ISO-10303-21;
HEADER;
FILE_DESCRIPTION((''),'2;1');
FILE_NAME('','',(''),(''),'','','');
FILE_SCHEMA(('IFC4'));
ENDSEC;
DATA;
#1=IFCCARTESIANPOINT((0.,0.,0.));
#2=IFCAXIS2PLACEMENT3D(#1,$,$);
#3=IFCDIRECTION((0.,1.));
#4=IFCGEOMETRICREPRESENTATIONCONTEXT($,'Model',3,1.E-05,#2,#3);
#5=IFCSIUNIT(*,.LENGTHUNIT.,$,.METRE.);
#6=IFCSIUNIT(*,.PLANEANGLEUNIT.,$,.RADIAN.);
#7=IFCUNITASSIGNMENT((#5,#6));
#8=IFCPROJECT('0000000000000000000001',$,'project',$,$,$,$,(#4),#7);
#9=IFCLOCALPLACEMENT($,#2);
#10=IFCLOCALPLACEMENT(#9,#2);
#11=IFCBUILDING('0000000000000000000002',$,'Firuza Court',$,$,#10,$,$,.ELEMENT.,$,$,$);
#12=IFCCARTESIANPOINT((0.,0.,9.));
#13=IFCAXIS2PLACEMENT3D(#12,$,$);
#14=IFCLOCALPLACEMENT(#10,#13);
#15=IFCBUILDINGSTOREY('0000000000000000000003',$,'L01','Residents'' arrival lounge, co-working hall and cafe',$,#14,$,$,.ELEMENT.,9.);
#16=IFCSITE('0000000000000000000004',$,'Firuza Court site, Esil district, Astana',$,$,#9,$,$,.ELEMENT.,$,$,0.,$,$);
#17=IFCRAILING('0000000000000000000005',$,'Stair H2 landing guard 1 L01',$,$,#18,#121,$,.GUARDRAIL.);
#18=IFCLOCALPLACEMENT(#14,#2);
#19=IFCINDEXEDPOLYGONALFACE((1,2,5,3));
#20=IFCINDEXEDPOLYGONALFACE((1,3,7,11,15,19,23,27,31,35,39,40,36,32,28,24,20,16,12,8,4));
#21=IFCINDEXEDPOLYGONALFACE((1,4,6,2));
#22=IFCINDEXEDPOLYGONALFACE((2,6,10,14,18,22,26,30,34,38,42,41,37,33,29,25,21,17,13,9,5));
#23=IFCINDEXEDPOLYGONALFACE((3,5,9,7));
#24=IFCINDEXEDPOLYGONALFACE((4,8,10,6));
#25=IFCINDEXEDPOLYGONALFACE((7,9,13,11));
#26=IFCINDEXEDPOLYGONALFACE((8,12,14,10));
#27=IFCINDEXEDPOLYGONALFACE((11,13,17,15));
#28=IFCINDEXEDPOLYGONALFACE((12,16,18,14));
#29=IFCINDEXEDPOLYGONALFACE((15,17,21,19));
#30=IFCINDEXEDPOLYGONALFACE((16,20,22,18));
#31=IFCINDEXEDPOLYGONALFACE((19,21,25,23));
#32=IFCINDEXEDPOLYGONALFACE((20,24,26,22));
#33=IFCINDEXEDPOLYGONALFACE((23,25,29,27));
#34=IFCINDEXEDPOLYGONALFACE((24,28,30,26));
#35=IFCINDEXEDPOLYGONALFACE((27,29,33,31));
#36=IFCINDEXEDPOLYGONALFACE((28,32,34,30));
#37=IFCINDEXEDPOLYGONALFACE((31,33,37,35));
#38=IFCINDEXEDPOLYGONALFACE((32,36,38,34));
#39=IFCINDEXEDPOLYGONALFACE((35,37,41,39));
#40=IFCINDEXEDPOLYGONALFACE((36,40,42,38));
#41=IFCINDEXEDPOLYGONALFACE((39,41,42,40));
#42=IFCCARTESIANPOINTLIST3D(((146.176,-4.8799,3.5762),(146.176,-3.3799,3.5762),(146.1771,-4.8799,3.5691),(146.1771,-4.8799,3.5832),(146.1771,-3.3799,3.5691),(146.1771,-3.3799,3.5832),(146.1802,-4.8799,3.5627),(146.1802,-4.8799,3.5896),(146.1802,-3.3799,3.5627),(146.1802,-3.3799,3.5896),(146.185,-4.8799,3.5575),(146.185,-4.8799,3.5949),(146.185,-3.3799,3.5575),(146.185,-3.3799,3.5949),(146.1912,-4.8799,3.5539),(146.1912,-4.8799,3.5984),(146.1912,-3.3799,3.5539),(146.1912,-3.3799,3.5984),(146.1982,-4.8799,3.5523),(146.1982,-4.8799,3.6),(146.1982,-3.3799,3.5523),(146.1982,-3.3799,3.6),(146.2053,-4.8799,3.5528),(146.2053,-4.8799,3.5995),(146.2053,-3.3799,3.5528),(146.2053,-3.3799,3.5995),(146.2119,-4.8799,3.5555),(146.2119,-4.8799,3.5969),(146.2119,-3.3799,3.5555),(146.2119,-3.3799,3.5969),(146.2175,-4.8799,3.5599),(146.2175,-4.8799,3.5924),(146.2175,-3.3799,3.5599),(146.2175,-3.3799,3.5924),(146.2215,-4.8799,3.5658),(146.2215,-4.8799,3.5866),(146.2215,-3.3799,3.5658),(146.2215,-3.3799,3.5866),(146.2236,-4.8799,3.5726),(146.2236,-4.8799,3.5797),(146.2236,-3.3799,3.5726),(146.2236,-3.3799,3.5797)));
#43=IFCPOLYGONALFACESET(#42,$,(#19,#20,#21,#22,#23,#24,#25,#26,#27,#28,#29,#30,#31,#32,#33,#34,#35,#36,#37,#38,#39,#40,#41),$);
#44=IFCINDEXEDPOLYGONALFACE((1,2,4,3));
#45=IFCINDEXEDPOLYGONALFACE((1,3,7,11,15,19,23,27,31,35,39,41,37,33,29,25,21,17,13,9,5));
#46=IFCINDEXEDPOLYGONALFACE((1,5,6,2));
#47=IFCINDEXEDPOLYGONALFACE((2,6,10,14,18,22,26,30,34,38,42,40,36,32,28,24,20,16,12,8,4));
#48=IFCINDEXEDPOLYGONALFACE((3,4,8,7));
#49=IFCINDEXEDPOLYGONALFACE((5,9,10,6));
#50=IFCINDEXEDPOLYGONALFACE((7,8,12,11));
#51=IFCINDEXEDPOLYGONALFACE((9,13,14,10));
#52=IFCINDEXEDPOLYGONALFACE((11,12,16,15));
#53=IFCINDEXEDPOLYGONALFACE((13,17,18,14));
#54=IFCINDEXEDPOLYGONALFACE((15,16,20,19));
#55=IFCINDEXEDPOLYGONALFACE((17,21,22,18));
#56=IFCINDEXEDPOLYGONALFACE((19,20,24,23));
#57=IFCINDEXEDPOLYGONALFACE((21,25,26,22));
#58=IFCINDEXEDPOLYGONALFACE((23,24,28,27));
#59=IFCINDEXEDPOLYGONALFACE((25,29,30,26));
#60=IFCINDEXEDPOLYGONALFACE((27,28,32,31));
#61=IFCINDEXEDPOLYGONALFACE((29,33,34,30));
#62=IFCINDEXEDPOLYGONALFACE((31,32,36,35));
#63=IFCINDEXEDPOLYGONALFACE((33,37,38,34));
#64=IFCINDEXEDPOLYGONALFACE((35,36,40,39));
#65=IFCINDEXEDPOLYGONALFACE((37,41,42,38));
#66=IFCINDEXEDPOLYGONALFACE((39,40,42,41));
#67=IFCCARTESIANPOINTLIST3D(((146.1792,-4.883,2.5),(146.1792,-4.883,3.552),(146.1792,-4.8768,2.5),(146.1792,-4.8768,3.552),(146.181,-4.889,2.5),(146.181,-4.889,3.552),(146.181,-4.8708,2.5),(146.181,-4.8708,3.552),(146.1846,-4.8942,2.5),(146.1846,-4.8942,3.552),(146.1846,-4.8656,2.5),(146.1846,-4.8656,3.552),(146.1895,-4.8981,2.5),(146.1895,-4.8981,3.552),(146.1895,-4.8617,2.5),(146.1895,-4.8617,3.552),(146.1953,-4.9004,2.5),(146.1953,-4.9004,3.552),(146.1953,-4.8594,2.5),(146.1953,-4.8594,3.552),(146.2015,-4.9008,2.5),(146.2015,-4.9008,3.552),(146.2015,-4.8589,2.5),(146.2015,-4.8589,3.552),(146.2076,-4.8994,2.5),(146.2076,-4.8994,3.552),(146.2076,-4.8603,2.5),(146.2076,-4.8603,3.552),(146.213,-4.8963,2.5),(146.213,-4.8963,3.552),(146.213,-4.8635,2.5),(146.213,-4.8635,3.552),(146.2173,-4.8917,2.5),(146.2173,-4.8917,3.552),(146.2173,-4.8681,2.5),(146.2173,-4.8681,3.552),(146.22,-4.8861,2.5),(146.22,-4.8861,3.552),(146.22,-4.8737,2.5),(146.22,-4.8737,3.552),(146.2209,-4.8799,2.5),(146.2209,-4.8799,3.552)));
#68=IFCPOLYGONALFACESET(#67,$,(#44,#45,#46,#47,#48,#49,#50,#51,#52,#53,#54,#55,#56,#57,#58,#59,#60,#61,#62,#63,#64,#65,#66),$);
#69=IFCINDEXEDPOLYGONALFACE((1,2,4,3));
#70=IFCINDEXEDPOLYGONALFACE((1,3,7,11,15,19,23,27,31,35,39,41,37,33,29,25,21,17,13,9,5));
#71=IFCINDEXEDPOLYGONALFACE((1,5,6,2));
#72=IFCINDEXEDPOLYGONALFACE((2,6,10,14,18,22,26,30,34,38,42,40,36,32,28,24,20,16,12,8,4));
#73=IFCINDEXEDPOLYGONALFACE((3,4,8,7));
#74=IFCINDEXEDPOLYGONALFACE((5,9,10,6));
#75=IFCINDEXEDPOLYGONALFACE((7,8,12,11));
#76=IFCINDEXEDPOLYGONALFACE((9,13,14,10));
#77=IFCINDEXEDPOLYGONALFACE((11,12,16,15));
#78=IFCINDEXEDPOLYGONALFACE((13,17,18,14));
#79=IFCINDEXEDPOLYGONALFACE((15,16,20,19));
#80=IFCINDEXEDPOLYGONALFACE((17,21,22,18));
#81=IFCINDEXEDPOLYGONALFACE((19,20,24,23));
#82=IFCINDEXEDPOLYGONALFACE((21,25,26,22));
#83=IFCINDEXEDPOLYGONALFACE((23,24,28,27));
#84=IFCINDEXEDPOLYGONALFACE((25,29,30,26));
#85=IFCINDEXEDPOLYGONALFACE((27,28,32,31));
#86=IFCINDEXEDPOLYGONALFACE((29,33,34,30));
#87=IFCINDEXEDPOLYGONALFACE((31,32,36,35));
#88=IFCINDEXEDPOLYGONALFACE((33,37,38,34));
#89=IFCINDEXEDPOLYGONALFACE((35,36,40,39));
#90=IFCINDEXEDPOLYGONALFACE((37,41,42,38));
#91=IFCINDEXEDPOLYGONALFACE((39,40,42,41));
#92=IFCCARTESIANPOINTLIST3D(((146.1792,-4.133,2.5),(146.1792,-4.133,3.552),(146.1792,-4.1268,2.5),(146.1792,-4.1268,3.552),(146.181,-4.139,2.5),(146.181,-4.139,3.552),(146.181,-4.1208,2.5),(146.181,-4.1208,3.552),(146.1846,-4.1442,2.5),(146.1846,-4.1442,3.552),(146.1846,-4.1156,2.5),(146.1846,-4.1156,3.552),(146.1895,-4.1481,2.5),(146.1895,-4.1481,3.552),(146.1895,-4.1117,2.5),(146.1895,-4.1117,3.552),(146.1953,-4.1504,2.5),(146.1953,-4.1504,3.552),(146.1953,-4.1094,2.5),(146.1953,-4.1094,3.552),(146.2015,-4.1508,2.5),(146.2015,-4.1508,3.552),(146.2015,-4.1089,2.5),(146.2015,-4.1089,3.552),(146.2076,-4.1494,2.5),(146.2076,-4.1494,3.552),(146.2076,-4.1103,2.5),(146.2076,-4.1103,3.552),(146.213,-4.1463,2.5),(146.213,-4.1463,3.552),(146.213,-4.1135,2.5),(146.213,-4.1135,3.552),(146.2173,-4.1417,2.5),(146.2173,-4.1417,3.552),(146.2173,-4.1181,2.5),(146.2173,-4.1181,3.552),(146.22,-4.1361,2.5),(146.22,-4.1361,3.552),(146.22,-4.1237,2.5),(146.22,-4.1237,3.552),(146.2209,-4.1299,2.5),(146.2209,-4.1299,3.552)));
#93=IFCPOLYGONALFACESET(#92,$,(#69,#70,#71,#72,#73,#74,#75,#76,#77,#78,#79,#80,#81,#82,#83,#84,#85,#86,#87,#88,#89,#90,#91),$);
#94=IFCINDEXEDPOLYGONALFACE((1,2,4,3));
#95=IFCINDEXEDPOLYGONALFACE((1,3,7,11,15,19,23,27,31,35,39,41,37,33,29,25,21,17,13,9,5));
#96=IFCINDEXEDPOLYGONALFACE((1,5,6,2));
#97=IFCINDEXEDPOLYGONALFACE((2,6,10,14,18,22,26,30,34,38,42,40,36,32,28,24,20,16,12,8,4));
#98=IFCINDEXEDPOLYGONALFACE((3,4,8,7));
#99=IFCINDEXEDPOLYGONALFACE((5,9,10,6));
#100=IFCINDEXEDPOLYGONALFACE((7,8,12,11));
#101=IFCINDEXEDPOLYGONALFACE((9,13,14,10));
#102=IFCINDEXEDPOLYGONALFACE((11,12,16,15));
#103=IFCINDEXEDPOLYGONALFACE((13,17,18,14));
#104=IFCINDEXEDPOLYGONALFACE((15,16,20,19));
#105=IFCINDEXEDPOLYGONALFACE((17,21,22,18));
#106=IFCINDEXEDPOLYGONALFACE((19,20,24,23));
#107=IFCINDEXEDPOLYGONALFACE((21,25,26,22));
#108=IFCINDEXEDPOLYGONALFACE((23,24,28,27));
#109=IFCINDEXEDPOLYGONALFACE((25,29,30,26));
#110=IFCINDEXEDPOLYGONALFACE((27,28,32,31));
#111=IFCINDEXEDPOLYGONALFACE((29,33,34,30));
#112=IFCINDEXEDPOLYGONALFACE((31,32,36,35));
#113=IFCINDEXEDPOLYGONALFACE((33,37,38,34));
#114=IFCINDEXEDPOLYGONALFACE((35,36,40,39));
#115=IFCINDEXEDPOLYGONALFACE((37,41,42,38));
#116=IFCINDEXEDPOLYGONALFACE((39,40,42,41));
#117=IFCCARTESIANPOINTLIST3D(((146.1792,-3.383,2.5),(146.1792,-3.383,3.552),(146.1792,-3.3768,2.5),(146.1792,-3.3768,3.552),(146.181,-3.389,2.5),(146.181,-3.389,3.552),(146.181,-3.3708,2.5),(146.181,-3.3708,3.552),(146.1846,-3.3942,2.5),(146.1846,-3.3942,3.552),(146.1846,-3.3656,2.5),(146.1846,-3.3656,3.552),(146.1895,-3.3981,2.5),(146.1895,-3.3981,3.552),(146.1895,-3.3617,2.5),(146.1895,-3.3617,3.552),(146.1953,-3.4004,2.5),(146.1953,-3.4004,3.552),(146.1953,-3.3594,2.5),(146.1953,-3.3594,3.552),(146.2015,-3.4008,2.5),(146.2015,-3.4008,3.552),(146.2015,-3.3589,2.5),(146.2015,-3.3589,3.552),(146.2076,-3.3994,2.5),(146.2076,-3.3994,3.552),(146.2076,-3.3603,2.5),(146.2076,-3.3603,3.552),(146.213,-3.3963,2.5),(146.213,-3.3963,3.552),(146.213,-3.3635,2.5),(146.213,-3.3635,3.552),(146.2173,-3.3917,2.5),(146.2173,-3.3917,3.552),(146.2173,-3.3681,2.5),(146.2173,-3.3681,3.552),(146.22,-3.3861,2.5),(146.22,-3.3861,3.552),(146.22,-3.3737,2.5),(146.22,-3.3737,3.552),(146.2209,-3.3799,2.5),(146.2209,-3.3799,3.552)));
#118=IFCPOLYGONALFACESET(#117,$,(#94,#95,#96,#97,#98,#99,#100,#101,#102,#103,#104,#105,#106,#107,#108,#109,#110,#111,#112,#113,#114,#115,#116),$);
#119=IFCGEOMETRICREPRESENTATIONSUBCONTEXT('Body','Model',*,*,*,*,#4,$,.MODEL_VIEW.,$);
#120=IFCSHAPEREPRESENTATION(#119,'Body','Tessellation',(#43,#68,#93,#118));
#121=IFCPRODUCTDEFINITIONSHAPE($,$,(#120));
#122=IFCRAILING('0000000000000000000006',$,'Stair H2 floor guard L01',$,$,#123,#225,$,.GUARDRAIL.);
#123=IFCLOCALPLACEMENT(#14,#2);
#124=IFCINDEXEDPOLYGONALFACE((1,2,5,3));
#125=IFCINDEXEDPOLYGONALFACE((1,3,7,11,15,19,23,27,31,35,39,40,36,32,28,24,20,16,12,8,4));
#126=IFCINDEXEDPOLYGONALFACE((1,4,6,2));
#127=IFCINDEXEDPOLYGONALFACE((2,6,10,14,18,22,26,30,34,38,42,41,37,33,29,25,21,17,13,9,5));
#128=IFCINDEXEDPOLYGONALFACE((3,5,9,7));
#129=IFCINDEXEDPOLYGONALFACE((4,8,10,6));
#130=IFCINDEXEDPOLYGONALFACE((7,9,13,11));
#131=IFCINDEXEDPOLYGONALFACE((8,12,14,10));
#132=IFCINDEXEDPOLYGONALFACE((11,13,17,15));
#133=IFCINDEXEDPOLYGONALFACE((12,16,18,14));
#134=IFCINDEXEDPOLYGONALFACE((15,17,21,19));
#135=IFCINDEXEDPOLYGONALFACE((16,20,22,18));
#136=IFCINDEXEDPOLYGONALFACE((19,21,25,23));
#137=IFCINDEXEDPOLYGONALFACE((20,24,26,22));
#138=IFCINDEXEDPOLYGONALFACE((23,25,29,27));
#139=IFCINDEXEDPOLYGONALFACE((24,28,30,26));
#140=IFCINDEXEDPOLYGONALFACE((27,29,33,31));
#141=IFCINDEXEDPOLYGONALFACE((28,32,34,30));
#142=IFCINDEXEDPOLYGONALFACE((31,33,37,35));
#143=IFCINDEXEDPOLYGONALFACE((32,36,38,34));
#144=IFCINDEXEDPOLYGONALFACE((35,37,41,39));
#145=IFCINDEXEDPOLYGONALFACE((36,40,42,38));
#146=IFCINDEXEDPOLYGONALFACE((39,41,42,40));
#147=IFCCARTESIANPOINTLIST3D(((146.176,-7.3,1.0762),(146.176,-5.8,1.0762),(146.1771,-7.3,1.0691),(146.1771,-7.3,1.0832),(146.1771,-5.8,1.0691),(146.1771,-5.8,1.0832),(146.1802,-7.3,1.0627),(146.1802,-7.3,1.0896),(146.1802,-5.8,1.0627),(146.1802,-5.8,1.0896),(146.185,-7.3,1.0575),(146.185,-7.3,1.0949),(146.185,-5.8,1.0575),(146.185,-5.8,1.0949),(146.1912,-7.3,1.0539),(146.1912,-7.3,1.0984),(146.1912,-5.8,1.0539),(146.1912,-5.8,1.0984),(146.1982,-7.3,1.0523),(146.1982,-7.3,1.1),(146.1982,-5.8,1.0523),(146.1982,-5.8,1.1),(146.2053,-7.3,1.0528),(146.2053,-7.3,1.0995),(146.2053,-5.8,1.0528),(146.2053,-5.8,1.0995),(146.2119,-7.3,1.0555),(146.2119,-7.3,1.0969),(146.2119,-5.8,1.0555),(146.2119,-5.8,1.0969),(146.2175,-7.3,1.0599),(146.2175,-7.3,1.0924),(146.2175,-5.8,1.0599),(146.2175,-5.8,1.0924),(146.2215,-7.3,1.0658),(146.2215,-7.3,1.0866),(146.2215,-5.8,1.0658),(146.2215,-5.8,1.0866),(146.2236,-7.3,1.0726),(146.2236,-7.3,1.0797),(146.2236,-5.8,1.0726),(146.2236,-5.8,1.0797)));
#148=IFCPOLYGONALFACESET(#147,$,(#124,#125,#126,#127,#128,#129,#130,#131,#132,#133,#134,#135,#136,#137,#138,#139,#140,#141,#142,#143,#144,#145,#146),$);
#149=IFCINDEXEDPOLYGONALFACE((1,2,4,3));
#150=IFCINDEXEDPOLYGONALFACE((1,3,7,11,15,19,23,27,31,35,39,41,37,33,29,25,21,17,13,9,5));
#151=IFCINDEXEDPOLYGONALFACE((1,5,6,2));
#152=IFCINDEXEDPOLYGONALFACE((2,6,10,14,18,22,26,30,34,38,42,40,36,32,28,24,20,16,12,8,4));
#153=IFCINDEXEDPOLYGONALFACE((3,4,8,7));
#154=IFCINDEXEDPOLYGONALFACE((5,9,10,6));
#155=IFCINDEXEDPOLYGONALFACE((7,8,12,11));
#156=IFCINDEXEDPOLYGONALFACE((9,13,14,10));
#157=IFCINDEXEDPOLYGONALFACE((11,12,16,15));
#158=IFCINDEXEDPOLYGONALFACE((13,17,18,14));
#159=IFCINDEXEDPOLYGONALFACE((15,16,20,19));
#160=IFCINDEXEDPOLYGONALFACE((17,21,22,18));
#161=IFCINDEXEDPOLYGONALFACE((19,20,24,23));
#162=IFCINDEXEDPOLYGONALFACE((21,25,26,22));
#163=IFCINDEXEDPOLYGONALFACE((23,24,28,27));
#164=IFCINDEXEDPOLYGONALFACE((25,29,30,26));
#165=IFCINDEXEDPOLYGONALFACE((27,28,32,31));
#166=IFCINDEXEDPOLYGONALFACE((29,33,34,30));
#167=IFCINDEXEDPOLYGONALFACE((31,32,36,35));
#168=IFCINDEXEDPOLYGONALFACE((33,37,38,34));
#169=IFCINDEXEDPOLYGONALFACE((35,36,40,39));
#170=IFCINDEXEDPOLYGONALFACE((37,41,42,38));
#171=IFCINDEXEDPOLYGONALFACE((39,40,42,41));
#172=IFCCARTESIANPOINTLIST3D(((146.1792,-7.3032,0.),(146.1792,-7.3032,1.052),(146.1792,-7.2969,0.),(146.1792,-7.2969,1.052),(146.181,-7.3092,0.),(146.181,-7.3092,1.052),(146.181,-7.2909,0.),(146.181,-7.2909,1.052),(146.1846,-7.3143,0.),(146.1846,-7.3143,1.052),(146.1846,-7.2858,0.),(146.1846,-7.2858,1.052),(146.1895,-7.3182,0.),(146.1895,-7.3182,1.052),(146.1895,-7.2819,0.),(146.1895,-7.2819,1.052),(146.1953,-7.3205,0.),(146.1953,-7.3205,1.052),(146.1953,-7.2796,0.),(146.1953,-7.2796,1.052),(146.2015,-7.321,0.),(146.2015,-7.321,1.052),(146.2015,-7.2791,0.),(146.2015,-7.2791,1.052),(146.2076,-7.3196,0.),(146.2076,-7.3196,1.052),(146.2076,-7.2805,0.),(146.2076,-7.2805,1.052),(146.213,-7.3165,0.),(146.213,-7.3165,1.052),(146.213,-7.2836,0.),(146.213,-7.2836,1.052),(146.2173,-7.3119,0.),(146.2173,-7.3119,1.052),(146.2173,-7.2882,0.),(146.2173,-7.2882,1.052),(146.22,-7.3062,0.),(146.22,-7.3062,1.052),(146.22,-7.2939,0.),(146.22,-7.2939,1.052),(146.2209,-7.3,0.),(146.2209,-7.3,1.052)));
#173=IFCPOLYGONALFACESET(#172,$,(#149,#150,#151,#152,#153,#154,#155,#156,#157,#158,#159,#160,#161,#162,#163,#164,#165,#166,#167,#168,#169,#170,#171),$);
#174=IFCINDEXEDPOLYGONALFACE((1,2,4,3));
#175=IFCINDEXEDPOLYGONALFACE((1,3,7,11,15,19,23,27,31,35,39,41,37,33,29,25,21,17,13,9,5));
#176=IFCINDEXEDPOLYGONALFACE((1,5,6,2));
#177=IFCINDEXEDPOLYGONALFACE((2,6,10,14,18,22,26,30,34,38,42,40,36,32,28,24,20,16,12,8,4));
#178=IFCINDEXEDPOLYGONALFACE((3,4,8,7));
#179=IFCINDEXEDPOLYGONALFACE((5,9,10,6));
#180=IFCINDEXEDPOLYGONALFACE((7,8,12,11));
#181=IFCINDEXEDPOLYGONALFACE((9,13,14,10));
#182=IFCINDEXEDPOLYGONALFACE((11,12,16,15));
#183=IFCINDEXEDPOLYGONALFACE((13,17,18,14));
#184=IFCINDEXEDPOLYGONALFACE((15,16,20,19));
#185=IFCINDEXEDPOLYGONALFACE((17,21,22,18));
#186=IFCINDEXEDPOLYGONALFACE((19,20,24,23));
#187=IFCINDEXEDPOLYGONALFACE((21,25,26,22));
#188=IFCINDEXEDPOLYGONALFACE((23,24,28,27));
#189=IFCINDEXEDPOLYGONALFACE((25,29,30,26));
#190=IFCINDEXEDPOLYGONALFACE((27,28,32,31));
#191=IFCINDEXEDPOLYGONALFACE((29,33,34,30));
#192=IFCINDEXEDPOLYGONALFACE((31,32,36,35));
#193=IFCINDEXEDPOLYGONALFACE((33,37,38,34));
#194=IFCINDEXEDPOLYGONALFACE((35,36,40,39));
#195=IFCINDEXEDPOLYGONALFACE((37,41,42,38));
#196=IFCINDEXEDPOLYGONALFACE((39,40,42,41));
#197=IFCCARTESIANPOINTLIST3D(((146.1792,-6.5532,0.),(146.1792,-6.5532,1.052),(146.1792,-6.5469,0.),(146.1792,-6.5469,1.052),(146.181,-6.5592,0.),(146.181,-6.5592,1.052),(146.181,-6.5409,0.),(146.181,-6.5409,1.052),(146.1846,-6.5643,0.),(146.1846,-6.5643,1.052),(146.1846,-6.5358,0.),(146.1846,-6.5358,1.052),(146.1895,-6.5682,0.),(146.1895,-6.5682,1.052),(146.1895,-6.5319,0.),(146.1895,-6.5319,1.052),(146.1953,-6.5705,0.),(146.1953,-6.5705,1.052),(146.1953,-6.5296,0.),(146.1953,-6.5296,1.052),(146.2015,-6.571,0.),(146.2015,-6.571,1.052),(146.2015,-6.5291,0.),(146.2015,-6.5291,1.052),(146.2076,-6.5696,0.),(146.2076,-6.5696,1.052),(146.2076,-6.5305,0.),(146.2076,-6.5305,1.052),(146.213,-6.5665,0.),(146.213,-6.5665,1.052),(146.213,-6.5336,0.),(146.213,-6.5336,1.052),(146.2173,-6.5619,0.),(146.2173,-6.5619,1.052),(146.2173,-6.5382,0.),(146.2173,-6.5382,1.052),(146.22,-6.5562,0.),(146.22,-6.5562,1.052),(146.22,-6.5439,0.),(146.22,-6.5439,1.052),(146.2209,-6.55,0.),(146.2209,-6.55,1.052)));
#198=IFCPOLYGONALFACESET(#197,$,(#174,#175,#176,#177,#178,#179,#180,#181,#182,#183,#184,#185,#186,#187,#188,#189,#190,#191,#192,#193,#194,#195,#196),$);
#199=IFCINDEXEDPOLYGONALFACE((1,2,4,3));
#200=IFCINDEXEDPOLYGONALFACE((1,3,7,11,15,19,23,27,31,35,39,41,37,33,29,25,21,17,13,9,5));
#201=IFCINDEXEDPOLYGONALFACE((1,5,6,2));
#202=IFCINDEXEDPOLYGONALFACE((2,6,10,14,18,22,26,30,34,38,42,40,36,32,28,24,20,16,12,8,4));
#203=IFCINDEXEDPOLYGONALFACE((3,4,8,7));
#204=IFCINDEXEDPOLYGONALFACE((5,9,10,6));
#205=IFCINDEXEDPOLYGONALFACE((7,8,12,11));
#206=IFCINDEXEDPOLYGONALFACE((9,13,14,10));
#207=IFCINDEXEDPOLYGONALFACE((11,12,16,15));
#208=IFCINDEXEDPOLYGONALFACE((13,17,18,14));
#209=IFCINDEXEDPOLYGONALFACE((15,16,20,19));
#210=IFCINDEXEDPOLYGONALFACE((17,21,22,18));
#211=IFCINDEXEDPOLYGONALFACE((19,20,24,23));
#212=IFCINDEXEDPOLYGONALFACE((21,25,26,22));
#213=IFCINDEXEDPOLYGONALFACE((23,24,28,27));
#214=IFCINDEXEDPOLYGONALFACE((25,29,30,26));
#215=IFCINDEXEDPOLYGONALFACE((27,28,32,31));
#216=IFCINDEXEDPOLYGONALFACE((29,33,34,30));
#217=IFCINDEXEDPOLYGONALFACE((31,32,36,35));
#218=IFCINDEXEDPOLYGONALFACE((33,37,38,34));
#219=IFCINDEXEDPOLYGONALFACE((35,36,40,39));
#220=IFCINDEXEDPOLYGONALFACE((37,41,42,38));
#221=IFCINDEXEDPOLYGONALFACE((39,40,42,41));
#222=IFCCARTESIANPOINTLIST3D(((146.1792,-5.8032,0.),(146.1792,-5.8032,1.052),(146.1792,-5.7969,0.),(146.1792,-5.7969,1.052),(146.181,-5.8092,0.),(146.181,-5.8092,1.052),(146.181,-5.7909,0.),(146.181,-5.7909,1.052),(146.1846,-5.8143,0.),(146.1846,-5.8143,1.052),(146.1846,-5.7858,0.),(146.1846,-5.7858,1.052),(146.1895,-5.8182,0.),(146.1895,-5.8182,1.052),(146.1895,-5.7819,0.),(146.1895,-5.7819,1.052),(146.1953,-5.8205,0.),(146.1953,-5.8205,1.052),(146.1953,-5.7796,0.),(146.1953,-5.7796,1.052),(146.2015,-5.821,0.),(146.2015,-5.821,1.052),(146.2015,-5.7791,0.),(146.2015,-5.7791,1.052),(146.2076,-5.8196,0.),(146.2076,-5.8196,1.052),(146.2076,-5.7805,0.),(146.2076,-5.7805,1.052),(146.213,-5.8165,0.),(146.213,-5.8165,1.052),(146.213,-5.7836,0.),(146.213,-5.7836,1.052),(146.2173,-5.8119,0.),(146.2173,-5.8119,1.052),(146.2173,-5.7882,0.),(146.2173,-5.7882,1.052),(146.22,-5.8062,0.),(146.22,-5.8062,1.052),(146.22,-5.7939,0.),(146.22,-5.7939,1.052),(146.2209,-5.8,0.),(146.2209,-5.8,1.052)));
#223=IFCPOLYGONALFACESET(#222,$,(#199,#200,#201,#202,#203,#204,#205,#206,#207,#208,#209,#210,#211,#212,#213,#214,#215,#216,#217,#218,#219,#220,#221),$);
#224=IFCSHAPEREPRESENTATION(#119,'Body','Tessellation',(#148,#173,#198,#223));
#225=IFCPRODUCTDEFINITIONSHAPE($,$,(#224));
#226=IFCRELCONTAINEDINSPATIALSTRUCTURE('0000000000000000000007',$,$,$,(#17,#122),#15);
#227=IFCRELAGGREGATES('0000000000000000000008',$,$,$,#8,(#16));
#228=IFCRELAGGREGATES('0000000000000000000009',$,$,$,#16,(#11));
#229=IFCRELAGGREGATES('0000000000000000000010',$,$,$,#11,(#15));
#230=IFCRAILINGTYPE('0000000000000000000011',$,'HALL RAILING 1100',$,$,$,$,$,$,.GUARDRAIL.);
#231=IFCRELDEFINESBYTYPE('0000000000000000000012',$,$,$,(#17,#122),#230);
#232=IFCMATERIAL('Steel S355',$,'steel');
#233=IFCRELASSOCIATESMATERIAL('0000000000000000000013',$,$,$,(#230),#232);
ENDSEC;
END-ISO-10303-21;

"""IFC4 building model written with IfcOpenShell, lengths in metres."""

from ifc_helpers import new_model, si_unit, direction, frame, origin, origin_2d, place, context, subcontext, project, spatial, circle, extrude, material, type_object, element, save


model = new_model("IFC4")

# Units and contexts
model_context = context("Model", 3, precision=1e-05, world=origin(), true_north=direction((0.0, 1.0)))
body_context = subcontext(model_context, "Body", "Model", "MODEL_VIEW")
ifc_project = project(units=[si_unit("LENGTHUNIT", "METRE"), si_unit("PLANEANGLEUNIT", "RADIAN")], contexts=[model_context])

# Site, building, storey
site_placement = place(None, origin())
site = spatial("IfcSite", under=ifc_project, at=site_placement, Name="Firuza Court site, Esil district, Astana", CompositionType="ELEMENT", RefElevation=0.0)
building_placement = place(site_placement, origin())
building = spatial("IfcBuilding", under=site, at=building_placement, Name="Firuza Court", CompositionType="ELEMENT")
storey_placement = place(building_placement, frame((0.0, 0.0, 9.0)))
storey = spatial("IfcBuildingStorey", under=building, at=storey_placement, Name="L01", Description="Residents' arrival lounge, co-working hall and cafe", CompositionType="ELEMENT", Elevation=9.0)

# Railings
ifc_material_1 = material(Name="Steel S355", Category="steel")
railing_type_1 = type_object("IfcRailingType", Name="HALL RAILING 1100", PredefinedType="GUARDRAIL", material=ifc_material_1)
for number, where, name in (
    (1, (146.2, -4.8799, 2.5), "Stair H2 landing guard 1 L01"),
    (2, (146.2, -7.3, 0.0), "Stair H2 floor guard L01"),
):
    element("IfcRailing", number, at=place(storey_placement, frame(where)), inside=storey, type_object=railing_type_1, Name=name, PredefinedType="GUARDRAIL", context=body_context, shape_type="SweptSolid", body=[
        extrude(circle(Radius=0.0239, at=origin_2d()), frame((0.0, 0.0, 1.0762), z_axis=(0.0, 1.0, 0.0), x_axis=(-1.0, 0.0, 0.0)), (0.0, 0.0, 1.0), 1.5),
        extrude(circle(Radius=0.021, at=origin_2d()), origin(), (0.0, 0.0, 1.0), 1.052),
        extrude(circle(Radius=0.021, at=origin_2d()), frame((0.0, 0.75, 0.0)), (0.0, 0.0, 1.0), 1.052),
        extrude(circle(Radius=0.021, at=origin_2d()), frame((0.0, 1.5, 0.0)), (0.0, 0.0, 1.0), 1.052),
    ])

save(model, "model.ifc")
